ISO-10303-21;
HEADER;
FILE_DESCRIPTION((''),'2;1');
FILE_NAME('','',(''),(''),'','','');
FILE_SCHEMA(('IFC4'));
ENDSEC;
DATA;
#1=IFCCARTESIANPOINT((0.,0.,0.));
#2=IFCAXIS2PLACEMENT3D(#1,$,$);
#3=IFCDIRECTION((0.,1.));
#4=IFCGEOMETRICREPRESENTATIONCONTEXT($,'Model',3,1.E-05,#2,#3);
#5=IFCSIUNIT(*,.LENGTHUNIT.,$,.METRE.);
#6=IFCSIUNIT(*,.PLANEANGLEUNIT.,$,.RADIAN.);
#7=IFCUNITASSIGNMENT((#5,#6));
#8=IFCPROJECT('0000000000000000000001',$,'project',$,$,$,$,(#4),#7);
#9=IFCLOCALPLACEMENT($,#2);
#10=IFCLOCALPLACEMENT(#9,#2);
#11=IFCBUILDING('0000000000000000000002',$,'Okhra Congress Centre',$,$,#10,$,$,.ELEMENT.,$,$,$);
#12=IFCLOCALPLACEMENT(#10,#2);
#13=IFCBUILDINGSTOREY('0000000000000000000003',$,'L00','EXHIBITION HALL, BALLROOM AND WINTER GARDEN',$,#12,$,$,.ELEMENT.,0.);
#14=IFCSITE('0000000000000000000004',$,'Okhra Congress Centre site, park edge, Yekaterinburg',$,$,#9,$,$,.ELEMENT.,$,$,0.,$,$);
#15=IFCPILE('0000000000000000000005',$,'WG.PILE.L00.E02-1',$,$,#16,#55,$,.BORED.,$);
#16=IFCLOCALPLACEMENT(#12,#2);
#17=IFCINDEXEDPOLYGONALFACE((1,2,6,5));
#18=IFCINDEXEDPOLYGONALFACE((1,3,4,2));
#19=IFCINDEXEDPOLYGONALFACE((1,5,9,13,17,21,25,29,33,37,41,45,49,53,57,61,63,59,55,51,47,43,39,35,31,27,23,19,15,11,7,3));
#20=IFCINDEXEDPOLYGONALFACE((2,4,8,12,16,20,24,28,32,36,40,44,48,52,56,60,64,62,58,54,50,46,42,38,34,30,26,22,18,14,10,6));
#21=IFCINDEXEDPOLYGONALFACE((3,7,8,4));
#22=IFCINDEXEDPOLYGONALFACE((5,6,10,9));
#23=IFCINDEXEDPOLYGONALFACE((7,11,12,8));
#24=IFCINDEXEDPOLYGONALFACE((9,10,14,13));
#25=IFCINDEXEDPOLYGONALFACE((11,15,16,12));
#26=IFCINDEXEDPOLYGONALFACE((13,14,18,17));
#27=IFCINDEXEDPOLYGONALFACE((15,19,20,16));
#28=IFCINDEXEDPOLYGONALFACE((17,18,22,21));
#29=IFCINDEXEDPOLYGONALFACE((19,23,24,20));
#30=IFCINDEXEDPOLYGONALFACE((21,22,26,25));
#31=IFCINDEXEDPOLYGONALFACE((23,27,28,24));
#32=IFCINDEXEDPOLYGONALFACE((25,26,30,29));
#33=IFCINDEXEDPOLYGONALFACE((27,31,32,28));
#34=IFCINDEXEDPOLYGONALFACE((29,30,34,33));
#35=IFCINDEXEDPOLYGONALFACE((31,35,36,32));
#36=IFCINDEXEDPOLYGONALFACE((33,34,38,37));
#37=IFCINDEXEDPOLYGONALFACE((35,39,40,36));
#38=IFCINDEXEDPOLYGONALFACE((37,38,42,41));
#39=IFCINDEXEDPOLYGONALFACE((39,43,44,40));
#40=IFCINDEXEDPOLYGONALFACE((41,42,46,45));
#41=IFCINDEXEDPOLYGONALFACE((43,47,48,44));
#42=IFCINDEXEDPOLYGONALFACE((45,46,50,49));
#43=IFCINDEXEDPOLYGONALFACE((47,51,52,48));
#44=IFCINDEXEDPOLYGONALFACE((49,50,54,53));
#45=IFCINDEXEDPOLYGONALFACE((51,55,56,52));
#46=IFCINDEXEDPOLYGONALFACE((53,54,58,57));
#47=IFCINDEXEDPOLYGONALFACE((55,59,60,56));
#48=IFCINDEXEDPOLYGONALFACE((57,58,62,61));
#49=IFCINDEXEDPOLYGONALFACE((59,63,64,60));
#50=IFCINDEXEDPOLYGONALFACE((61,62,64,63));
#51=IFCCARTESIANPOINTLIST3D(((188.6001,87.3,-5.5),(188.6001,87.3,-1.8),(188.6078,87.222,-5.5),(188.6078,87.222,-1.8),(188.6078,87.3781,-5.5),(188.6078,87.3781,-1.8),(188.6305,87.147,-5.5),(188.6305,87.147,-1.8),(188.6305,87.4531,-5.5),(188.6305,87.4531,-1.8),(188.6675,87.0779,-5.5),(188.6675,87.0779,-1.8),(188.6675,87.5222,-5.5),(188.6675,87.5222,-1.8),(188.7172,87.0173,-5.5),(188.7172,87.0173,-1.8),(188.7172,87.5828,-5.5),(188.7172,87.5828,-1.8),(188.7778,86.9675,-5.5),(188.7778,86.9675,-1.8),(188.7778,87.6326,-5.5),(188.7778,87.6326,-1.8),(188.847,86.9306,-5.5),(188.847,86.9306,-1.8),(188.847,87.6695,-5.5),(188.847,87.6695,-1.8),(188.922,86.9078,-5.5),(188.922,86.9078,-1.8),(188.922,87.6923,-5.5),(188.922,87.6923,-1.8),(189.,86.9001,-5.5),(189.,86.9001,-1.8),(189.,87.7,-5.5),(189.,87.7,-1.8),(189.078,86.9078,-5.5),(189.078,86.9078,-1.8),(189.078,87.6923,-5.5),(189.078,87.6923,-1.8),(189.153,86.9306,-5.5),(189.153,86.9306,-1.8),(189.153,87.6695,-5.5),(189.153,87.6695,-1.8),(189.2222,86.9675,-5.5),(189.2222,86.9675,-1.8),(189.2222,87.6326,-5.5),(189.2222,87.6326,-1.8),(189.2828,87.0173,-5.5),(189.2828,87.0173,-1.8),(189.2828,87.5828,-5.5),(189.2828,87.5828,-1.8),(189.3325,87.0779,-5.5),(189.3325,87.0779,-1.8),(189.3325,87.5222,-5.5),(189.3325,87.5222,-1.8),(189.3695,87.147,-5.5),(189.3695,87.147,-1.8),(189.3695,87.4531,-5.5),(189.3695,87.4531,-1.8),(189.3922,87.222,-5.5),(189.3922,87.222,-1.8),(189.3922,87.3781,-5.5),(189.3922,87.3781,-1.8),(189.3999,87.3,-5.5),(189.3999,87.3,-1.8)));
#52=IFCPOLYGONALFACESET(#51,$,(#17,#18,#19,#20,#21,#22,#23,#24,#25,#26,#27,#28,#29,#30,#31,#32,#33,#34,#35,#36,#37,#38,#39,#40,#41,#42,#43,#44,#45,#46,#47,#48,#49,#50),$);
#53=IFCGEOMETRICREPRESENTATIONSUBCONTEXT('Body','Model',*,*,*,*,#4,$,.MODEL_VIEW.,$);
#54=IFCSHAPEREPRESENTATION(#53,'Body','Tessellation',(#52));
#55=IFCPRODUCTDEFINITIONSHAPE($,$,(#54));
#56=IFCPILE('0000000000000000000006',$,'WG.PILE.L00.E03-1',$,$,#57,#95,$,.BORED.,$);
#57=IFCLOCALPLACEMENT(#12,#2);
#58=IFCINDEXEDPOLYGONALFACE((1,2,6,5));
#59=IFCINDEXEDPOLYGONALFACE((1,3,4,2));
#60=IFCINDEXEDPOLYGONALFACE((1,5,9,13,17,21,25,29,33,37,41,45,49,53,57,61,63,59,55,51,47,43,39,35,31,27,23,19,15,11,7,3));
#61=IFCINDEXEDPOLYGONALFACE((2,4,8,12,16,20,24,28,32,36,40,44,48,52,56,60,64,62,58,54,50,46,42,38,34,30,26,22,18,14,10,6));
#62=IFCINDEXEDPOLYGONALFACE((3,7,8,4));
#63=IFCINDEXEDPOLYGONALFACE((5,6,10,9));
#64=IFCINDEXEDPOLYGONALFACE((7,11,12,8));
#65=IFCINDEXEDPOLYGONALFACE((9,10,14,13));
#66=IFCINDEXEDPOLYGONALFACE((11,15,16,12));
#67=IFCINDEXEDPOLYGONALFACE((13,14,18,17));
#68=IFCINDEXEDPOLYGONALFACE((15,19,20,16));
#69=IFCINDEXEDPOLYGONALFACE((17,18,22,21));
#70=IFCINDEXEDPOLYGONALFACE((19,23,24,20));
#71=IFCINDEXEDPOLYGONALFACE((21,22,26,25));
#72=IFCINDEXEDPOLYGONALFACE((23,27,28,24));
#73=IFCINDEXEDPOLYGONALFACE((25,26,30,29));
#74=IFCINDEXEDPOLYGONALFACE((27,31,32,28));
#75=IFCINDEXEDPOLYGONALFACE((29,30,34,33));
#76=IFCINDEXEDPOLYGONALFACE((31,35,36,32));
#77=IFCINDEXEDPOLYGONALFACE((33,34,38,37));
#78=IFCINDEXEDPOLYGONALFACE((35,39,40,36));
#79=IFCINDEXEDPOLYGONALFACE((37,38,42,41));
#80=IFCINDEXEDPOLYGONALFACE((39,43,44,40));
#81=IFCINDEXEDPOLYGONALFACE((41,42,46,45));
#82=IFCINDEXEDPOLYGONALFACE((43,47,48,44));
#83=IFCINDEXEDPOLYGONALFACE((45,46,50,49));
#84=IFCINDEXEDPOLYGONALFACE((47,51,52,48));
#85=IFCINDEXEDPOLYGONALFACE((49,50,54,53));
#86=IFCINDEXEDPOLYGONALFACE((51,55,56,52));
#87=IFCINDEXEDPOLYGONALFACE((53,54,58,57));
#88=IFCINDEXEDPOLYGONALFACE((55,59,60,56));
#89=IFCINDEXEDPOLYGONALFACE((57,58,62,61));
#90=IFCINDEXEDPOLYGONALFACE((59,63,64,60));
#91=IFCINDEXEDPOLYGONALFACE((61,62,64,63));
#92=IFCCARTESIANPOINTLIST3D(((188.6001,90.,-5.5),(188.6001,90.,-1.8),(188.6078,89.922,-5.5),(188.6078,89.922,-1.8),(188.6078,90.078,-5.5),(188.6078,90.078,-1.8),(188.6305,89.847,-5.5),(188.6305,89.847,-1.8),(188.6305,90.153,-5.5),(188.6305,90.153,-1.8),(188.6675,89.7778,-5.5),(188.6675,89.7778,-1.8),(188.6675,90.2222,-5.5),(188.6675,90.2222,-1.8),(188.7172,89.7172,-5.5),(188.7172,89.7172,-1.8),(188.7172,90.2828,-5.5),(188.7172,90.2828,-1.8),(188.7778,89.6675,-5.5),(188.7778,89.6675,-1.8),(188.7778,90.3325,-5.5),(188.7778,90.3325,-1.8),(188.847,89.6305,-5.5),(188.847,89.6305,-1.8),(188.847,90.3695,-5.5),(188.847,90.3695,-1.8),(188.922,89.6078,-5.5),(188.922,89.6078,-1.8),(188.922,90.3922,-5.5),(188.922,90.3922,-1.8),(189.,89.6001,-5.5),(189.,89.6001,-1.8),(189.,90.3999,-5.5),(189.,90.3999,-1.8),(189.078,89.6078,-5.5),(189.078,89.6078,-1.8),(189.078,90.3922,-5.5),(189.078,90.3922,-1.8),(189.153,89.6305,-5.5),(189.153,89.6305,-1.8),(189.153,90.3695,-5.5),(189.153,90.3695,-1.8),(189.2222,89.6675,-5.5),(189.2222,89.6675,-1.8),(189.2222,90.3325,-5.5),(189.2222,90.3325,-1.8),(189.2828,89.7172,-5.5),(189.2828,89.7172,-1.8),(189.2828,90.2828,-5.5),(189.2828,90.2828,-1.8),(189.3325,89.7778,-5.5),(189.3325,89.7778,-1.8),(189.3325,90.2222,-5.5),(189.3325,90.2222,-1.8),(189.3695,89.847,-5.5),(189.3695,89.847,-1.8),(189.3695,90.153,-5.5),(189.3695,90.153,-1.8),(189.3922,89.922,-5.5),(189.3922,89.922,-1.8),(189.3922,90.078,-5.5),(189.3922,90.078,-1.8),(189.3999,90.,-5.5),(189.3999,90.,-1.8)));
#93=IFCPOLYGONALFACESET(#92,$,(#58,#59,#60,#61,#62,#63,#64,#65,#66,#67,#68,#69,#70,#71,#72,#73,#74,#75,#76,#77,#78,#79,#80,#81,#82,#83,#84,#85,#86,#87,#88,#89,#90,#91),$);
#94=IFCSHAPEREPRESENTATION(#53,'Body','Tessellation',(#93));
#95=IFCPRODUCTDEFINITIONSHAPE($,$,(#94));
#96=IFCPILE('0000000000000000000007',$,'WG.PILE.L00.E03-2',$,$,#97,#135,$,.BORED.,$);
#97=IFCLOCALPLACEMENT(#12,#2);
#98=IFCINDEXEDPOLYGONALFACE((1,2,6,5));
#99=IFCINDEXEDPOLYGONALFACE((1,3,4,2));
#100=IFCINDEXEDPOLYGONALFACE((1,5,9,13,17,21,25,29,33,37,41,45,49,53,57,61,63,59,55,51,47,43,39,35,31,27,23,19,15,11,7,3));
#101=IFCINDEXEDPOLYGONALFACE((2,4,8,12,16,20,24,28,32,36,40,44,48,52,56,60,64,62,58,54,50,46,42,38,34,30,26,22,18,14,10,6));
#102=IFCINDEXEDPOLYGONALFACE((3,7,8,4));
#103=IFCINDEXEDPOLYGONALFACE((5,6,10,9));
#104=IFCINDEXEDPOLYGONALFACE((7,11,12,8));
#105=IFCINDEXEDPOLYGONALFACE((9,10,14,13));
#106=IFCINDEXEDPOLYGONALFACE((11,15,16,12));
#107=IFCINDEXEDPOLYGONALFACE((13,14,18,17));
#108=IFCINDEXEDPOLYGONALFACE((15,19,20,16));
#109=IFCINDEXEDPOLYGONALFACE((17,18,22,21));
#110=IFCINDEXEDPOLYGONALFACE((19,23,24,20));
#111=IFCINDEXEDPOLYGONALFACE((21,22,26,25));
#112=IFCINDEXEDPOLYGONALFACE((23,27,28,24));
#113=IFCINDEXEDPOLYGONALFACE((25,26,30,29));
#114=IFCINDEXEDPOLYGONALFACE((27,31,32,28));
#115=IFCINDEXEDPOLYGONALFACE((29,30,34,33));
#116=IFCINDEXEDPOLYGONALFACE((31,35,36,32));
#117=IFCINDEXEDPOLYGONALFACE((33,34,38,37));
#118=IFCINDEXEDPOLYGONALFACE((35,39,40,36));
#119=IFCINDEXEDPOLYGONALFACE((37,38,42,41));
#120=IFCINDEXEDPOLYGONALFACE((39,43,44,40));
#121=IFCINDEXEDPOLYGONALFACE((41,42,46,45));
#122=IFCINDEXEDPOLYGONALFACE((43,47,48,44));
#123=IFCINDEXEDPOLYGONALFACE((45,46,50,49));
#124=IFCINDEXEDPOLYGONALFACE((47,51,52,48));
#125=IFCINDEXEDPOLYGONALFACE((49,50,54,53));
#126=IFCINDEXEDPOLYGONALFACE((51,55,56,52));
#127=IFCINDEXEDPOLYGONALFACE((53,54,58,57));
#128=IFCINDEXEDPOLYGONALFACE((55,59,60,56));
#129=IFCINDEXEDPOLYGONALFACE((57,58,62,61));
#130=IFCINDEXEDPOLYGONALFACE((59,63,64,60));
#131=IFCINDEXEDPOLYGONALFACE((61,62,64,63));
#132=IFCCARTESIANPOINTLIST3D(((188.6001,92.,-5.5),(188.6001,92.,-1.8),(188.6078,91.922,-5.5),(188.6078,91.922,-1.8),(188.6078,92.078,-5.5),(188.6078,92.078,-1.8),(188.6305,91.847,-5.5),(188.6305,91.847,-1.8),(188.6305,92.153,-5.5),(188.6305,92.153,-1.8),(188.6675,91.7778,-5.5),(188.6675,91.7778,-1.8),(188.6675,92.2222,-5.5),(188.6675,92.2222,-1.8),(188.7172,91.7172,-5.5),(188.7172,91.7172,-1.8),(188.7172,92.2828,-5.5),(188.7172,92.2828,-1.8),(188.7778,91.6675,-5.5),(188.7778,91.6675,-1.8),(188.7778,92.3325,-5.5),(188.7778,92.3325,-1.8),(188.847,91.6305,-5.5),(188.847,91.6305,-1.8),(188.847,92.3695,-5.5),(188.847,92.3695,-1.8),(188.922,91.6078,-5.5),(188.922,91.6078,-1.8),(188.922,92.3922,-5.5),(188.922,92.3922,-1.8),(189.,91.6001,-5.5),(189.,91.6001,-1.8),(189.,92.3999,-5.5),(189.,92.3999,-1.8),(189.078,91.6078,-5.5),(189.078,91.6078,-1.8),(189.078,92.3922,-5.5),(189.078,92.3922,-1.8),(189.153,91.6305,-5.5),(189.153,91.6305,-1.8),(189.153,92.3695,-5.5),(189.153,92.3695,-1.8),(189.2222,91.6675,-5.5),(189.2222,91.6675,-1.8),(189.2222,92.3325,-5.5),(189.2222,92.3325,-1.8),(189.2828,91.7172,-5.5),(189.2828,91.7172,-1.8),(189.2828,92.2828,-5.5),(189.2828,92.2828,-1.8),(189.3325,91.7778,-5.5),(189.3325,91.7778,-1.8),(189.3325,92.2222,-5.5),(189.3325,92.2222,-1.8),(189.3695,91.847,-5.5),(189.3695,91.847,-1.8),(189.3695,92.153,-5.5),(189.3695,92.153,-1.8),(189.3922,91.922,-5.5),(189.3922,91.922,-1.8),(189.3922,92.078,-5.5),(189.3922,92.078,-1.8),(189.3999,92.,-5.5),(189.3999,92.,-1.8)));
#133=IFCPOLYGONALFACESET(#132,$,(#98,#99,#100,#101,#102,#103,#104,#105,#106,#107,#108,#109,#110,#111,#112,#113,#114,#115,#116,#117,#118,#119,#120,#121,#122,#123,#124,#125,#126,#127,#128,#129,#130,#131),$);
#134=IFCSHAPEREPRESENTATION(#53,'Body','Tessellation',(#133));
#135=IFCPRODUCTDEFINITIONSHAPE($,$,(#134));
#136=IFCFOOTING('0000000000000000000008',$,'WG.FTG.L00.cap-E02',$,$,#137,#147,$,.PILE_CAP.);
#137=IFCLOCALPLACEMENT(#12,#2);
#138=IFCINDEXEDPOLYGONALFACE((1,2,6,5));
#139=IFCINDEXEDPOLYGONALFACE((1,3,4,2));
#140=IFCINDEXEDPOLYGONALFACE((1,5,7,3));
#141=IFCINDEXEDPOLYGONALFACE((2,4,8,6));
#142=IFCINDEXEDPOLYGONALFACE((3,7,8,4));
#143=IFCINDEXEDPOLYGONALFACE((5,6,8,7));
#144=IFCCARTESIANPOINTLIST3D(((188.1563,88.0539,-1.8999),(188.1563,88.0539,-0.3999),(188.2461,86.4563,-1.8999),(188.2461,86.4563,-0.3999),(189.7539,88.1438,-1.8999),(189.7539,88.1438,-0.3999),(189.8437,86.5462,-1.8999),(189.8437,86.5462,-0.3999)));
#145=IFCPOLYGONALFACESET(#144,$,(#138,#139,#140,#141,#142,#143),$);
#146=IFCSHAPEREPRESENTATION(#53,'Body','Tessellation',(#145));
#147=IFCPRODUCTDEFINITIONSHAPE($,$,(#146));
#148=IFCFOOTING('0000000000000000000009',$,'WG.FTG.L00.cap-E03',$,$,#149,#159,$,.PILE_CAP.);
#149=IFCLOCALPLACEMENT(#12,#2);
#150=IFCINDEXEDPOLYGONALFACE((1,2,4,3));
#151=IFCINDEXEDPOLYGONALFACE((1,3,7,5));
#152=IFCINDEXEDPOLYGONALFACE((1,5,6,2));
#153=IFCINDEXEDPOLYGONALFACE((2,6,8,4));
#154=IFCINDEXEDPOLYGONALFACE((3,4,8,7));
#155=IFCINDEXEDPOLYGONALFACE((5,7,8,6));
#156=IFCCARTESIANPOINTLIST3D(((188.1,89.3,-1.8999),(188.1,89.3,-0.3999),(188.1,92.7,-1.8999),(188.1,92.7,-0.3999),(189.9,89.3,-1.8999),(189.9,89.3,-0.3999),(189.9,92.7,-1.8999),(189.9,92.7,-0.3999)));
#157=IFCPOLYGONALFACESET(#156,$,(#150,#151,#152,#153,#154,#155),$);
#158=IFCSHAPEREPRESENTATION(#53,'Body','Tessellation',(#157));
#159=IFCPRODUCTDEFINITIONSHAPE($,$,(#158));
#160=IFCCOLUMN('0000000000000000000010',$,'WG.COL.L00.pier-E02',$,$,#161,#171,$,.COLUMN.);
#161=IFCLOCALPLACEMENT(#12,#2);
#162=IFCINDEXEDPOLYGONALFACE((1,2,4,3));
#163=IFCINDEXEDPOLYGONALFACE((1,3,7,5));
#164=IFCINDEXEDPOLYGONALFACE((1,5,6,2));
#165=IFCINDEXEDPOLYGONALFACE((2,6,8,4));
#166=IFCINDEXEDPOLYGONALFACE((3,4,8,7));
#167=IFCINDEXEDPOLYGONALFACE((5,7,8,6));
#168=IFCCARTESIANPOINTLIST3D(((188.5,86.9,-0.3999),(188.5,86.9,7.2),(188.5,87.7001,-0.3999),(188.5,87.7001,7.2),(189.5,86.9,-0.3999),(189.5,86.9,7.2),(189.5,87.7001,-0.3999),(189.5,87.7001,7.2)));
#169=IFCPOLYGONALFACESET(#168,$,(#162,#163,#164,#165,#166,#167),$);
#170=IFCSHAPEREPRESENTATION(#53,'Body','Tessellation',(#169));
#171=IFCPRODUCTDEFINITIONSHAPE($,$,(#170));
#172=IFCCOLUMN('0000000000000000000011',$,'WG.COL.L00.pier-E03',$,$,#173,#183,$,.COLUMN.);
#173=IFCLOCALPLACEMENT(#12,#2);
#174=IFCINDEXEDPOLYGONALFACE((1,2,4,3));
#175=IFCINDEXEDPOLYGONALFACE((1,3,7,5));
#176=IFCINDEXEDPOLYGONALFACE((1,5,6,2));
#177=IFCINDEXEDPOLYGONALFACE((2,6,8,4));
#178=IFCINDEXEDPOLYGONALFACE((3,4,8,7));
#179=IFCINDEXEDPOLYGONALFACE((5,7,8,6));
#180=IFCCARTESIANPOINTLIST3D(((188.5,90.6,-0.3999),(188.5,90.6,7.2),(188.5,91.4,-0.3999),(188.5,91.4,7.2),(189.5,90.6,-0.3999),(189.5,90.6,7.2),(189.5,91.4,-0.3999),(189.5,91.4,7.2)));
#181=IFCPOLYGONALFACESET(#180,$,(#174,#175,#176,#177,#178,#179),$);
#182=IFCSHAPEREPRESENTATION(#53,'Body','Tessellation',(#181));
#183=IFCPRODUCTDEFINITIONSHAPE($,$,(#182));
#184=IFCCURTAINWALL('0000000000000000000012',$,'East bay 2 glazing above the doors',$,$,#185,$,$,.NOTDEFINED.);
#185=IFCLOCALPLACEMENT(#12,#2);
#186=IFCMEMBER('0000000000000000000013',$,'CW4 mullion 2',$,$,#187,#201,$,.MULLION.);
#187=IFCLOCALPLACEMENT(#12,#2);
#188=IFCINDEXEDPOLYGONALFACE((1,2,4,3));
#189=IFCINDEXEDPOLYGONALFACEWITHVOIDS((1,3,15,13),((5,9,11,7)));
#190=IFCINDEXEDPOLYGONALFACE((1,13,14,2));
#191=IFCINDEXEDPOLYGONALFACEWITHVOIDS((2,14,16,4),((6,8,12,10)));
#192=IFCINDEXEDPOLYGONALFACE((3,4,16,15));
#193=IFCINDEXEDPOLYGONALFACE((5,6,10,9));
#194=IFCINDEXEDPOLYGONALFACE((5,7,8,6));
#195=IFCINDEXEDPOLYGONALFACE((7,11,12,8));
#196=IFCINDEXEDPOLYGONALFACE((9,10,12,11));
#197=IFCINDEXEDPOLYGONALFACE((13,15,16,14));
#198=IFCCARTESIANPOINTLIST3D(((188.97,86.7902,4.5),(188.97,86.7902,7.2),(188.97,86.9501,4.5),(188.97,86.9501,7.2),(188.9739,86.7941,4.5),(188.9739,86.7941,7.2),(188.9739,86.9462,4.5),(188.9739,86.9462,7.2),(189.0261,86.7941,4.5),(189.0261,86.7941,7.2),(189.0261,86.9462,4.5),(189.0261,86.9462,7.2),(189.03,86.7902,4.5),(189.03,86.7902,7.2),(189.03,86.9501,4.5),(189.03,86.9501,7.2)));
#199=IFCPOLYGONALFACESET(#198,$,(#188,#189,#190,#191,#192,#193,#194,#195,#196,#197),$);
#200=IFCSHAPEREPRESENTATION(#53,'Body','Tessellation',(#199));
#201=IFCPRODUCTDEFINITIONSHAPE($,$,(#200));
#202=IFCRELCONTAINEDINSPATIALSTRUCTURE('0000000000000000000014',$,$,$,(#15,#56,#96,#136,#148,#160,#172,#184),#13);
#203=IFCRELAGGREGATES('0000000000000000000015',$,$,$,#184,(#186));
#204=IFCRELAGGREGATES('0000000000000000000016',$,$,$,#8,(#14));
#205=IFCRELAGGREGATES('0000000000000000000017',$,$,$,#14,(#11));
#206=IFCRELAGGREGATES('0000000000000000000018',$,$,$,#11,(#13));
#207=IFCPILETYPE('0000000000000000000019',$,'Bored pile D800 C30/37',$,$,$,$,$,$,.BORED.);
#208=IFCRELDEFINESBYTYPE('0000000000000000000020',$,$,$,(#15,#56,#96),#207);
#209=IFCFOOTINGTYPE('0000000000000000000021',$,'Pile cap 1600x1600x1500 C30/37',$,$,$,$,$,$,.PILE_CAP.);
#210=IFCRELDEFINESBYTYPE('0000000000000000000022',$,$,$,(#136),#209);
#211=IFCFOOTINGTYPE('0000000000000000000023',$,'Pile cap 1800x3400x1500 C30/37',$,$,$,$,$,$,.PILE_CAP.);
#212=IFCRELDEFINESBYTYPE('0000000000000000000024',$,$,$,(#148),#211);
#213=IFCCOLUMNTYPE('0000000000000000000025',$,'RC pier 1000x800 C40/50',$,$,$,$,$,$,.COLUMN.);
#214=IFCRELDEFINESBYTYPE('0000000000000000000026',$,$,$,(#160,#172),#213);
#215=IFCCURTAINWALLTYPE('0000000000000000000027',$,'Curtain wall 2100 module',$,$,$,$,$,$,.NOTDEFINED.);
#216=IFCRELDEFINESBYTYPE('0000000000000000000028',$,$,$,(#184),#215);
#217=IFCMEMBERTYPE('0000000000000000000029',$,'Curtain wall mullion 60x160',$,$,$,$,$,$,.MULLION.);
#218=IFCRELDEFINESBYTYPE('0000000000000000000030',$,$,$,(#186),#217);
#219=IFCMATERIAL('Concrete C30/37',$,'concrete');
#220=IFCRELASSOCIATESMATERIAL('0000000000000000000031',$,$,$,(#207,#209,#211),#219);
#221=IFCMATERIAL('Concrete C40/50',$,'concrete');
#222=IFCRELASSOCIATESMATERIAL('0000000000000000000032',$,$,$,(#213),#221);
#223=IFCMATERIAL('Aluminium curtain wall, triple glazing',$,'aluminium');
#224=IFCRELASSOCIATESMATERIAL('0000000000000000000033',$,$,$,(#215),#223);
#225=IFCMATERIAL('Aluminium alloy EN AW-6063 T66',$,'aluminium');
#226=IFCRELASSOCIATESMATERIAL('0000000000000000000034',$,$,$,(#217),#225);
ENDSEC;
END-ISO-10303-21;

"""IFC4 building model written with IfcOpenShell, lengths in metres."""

from ifc_helpers import new_model, si_unit, direction, frame, origin, origin_2d, place, context, subcontext, project, spatial, rectangle, hollow_rectangle, circle, extrude, material, material_profile, profile_set, type_object, element, aggregate, save


model = new_model("IFC4")

# Units and contexts
model_context = context("Model", 3, precision=1e-05, world=origin(), true_north=direction((0.0, 1.0)))
body_context = subcontext(model_context, "Body", "Model", "MODEL_VIEW")
ifc_project = project(units=[si_unit("LENGTHUNIT", "METRE"), si_unit("PLANEANGLEUNIT", "RADIAN")], contexts=[model_context])

# Site, building, storey
site_placement = place(None, origin())
site = spatial("IfcSite", under=ifc_project, at=site_placement, Name="Okhra Congress Centre site, park edge, Yekaterinburg", CompositionType="ELEMENT", RefElevation=0.0)
building_placement = place(site_placement, origin())
building = spatial("IfcBuilding", under=site, at=building_placement, Name="Okhra Congress Centre", CompositionType="ELEMENT")
storey_placement = place(building_placement, origin())
storey = spatial("IfcBuildingStorey", under=building, at=storey_placement, Name="L00", Description="EXHIBITION HALL, BALLROOM AND WINTER GARDEN", CompositionType="ELEMENT", Elevation=0.0)

# Piles
ifc_material_1 = material(Name="Concrete C30/37", Category="concrete")
ifc_material_profile_1 = material_profile(ifc_material_1, circle(Radius=0.3999, at=origin_2d()), Name="D800")
ifc_profile_set_1 = profile_set([ifc_material_profile_1], Name="Concrete C30/37")
pile_type = type_object("IfcPileType", Name="Bored pile D800 C30/37", PredefinedType="BORED", material=ifc_profile_set_1)
for number, where, z_axis, x_axis, name in (
    (1, (189.0, 87.3, -1.8), (0.0, 0.0, -1.0), (1.0, 0.0, 0.0), "WG.PILE.L00.E02-1"),
    (2, (189.0, 90.0, -1.8), (0.0, 0.0, -1.0), (1.0, 0.0, 0.0), "WG.PILE.L00.E03-1"),
    (3, (189.0, 92.0, -1.8), (0.0, 0.0, -1.0), (1.0, 0.0, 0.0), "WG.PILE.L00.E03-2"),
):
    element("IfcPile", number, at=place(storey_placement, frame(where, z_axis=z_axis, x_axis=x_axis)), inside=storey, type_object=pile_type, Name=name, PredefinedType="BORED", context=body_context, shape_type="SweptSolid", body=[
        extrude(circle(Radius=0.3999, at=origin_2d()), origin(), (0.0, 0.0, 1.0), 3.7),
    ])

# Footings
footing_type_1 = type_object("IfcFootingType", Name="Pile cap 1600x1600x1500 C30/37", PredefinedType="PILE_CAP", material=ifc_material_1)
footing_1_placement = place(storey_placement, frame((189.0, 87.3, -1.8999), z_axis=(0.0, 0.0, 1.0), x_axis=(0.998422, 0.056159, 0.0)))
element("IfcFooting", 4, at=footing_1_placement, inside=storey, type_object=footing_type_1, Name="WG.FTG.L00.cap-E02", PredefinedType="PILE_CAP", context=body_context, shape_type="SweptSolid", body=[
    extrude(rectangle(XDim=1.6001, YDim=1.6001, at=origin_2d()), origin(), (0.0, 0.0, 1.0), 1.5),
])
footing_type_2 = type_object("IfcFootingType", Name="Pile cap 1800x3400x1500 C30/37", PredefinedType="PILE_CAP", material=ifc_material_1)
footing_2_placement = place(storey_placement, frame((189.0, 91.0, -1.8999), z_axis=(0.0, 0.0, 1.0), x_axis=(1.0, 0.0, 0.0)))
element("IfcFooting", 5, at=footing_2_placement, inside=storey, type_object=footing_type_2, Name="WG.FTG.L00.cap-E03", PredefinedType="PILE_CAP", context=body_context, shape_type="SweptSolid", body=[
    extrude(rectangle(XDim=1.8, YDim=3.3999, at=origin_2d()), origin(), (0.0, 0.0, 1.0), 1.5),
])

# Columns
ifc_material_2 = material(Name="Concrete C40/50", Category="concrete")
ifc_material_profile_2 = material_profile(ifc_material_2, rectangle(XDim=1.0, YDim=0.8, at=origin_2d()), Name="RC 1000x800")
ifc_profile_set_2 = profile_set([ifc_material_profile_2], Name="Concrete C40/50")
column_type = type_object("IfcColumnType", Name="RC pier 1000x800 C40/50", PredefinedType="COLUMN", material=ifc_profile_set_2)
for number, where, z_axis, x_axis, name in (
    (6, (189.0, 87.3, -0.3999), (0.0, 0.0, 1.0), (1.0, 0.0, 0.0), "WG.COL.L00.pier-E02"),
    (7, (189.0, 91.0, -0.3999), (0.0, 0.0, 1.0), (1.0, 0.0, 0.0), "WG.COL.L00.pier-E03"),
):
    element("IfcColumn", number, at=place(storey_placement, frame(where, z_axis=z_axis, x_axis=x_axis)), inside=storey, type_object=column_type, Name=name, PredefinedType="COLUMN", context=body_context, shape_type="SweptSolid", body=[
        extrude(rectangle(XDim=1.0, YDim=0.8, at=origin_2d()), origin(), (0.0, 0.0, 1.0), 7.5999),
    ])

# Curtain wall, member
ifc_material_3 = material(Name="Aluminium curtain wall, triple glazing", Category="aluminium")
curtain_wall_type = type_object("IfcCurtainWallType", Name="Curtain wall 2100 module", PredefinedType="NOTDEFINED", material=ifc_material_3)
curtain_wall_1_placement = place(storey_placement, origin())
curtain_wall_1 = element("IfcCurtainWall", 8, at=curtain_wall_1_placement, inside=storey, type_object=curtain_wall_type, Name="East bay 2 glazing above the doors", PredefinedType="NOTDEFINED")
ifc_material_4 = material(Name="Aluminium alloy EN AW-6063 T66", Category="aluminium")
ifc_material_profile_3 = material_profile(ifc_material_4, hollow_rectangle(XDim=0.0601, YDim=0.1599, WallThickness=0.0039, at=origin_2d()), Name="RHS 60x160x4")
ifc_profile_set_3 = profile_set([ifc_material_profile_3], Name="Aluminium alloy EN AW-6063 T66")
member_type_1 = type_object("IfcMemberType", Name="Curtain wall mullion 60x160", PredefinedType="MULLION", material=ifc_profile_set_3)
member_1_placement = place(storey_placement, frame((189.0, 86.8701, 4.5), z_axis=(0.0, 0.0, 1.0), x_axis=(-1.0, 0.0, 0.0)))
member_1 = element("IfcMember", 9, at=member_1_placement, type_object=member_type_1, Name="CW4 mullion 2", PredefinedType="MULLION", context=body_context, shape_type="SweptSolid", body=[
    extrude(hollow_rectangle(XDim=0.0601, YDim=0.1599, WallThickness=0.0039, at=origin_2d()), origin(), (0.0, 0.0, 1.0), 2.7),
])

aggregate(curtain_wall_1, [member_1])

save(model, "model.ifc")
